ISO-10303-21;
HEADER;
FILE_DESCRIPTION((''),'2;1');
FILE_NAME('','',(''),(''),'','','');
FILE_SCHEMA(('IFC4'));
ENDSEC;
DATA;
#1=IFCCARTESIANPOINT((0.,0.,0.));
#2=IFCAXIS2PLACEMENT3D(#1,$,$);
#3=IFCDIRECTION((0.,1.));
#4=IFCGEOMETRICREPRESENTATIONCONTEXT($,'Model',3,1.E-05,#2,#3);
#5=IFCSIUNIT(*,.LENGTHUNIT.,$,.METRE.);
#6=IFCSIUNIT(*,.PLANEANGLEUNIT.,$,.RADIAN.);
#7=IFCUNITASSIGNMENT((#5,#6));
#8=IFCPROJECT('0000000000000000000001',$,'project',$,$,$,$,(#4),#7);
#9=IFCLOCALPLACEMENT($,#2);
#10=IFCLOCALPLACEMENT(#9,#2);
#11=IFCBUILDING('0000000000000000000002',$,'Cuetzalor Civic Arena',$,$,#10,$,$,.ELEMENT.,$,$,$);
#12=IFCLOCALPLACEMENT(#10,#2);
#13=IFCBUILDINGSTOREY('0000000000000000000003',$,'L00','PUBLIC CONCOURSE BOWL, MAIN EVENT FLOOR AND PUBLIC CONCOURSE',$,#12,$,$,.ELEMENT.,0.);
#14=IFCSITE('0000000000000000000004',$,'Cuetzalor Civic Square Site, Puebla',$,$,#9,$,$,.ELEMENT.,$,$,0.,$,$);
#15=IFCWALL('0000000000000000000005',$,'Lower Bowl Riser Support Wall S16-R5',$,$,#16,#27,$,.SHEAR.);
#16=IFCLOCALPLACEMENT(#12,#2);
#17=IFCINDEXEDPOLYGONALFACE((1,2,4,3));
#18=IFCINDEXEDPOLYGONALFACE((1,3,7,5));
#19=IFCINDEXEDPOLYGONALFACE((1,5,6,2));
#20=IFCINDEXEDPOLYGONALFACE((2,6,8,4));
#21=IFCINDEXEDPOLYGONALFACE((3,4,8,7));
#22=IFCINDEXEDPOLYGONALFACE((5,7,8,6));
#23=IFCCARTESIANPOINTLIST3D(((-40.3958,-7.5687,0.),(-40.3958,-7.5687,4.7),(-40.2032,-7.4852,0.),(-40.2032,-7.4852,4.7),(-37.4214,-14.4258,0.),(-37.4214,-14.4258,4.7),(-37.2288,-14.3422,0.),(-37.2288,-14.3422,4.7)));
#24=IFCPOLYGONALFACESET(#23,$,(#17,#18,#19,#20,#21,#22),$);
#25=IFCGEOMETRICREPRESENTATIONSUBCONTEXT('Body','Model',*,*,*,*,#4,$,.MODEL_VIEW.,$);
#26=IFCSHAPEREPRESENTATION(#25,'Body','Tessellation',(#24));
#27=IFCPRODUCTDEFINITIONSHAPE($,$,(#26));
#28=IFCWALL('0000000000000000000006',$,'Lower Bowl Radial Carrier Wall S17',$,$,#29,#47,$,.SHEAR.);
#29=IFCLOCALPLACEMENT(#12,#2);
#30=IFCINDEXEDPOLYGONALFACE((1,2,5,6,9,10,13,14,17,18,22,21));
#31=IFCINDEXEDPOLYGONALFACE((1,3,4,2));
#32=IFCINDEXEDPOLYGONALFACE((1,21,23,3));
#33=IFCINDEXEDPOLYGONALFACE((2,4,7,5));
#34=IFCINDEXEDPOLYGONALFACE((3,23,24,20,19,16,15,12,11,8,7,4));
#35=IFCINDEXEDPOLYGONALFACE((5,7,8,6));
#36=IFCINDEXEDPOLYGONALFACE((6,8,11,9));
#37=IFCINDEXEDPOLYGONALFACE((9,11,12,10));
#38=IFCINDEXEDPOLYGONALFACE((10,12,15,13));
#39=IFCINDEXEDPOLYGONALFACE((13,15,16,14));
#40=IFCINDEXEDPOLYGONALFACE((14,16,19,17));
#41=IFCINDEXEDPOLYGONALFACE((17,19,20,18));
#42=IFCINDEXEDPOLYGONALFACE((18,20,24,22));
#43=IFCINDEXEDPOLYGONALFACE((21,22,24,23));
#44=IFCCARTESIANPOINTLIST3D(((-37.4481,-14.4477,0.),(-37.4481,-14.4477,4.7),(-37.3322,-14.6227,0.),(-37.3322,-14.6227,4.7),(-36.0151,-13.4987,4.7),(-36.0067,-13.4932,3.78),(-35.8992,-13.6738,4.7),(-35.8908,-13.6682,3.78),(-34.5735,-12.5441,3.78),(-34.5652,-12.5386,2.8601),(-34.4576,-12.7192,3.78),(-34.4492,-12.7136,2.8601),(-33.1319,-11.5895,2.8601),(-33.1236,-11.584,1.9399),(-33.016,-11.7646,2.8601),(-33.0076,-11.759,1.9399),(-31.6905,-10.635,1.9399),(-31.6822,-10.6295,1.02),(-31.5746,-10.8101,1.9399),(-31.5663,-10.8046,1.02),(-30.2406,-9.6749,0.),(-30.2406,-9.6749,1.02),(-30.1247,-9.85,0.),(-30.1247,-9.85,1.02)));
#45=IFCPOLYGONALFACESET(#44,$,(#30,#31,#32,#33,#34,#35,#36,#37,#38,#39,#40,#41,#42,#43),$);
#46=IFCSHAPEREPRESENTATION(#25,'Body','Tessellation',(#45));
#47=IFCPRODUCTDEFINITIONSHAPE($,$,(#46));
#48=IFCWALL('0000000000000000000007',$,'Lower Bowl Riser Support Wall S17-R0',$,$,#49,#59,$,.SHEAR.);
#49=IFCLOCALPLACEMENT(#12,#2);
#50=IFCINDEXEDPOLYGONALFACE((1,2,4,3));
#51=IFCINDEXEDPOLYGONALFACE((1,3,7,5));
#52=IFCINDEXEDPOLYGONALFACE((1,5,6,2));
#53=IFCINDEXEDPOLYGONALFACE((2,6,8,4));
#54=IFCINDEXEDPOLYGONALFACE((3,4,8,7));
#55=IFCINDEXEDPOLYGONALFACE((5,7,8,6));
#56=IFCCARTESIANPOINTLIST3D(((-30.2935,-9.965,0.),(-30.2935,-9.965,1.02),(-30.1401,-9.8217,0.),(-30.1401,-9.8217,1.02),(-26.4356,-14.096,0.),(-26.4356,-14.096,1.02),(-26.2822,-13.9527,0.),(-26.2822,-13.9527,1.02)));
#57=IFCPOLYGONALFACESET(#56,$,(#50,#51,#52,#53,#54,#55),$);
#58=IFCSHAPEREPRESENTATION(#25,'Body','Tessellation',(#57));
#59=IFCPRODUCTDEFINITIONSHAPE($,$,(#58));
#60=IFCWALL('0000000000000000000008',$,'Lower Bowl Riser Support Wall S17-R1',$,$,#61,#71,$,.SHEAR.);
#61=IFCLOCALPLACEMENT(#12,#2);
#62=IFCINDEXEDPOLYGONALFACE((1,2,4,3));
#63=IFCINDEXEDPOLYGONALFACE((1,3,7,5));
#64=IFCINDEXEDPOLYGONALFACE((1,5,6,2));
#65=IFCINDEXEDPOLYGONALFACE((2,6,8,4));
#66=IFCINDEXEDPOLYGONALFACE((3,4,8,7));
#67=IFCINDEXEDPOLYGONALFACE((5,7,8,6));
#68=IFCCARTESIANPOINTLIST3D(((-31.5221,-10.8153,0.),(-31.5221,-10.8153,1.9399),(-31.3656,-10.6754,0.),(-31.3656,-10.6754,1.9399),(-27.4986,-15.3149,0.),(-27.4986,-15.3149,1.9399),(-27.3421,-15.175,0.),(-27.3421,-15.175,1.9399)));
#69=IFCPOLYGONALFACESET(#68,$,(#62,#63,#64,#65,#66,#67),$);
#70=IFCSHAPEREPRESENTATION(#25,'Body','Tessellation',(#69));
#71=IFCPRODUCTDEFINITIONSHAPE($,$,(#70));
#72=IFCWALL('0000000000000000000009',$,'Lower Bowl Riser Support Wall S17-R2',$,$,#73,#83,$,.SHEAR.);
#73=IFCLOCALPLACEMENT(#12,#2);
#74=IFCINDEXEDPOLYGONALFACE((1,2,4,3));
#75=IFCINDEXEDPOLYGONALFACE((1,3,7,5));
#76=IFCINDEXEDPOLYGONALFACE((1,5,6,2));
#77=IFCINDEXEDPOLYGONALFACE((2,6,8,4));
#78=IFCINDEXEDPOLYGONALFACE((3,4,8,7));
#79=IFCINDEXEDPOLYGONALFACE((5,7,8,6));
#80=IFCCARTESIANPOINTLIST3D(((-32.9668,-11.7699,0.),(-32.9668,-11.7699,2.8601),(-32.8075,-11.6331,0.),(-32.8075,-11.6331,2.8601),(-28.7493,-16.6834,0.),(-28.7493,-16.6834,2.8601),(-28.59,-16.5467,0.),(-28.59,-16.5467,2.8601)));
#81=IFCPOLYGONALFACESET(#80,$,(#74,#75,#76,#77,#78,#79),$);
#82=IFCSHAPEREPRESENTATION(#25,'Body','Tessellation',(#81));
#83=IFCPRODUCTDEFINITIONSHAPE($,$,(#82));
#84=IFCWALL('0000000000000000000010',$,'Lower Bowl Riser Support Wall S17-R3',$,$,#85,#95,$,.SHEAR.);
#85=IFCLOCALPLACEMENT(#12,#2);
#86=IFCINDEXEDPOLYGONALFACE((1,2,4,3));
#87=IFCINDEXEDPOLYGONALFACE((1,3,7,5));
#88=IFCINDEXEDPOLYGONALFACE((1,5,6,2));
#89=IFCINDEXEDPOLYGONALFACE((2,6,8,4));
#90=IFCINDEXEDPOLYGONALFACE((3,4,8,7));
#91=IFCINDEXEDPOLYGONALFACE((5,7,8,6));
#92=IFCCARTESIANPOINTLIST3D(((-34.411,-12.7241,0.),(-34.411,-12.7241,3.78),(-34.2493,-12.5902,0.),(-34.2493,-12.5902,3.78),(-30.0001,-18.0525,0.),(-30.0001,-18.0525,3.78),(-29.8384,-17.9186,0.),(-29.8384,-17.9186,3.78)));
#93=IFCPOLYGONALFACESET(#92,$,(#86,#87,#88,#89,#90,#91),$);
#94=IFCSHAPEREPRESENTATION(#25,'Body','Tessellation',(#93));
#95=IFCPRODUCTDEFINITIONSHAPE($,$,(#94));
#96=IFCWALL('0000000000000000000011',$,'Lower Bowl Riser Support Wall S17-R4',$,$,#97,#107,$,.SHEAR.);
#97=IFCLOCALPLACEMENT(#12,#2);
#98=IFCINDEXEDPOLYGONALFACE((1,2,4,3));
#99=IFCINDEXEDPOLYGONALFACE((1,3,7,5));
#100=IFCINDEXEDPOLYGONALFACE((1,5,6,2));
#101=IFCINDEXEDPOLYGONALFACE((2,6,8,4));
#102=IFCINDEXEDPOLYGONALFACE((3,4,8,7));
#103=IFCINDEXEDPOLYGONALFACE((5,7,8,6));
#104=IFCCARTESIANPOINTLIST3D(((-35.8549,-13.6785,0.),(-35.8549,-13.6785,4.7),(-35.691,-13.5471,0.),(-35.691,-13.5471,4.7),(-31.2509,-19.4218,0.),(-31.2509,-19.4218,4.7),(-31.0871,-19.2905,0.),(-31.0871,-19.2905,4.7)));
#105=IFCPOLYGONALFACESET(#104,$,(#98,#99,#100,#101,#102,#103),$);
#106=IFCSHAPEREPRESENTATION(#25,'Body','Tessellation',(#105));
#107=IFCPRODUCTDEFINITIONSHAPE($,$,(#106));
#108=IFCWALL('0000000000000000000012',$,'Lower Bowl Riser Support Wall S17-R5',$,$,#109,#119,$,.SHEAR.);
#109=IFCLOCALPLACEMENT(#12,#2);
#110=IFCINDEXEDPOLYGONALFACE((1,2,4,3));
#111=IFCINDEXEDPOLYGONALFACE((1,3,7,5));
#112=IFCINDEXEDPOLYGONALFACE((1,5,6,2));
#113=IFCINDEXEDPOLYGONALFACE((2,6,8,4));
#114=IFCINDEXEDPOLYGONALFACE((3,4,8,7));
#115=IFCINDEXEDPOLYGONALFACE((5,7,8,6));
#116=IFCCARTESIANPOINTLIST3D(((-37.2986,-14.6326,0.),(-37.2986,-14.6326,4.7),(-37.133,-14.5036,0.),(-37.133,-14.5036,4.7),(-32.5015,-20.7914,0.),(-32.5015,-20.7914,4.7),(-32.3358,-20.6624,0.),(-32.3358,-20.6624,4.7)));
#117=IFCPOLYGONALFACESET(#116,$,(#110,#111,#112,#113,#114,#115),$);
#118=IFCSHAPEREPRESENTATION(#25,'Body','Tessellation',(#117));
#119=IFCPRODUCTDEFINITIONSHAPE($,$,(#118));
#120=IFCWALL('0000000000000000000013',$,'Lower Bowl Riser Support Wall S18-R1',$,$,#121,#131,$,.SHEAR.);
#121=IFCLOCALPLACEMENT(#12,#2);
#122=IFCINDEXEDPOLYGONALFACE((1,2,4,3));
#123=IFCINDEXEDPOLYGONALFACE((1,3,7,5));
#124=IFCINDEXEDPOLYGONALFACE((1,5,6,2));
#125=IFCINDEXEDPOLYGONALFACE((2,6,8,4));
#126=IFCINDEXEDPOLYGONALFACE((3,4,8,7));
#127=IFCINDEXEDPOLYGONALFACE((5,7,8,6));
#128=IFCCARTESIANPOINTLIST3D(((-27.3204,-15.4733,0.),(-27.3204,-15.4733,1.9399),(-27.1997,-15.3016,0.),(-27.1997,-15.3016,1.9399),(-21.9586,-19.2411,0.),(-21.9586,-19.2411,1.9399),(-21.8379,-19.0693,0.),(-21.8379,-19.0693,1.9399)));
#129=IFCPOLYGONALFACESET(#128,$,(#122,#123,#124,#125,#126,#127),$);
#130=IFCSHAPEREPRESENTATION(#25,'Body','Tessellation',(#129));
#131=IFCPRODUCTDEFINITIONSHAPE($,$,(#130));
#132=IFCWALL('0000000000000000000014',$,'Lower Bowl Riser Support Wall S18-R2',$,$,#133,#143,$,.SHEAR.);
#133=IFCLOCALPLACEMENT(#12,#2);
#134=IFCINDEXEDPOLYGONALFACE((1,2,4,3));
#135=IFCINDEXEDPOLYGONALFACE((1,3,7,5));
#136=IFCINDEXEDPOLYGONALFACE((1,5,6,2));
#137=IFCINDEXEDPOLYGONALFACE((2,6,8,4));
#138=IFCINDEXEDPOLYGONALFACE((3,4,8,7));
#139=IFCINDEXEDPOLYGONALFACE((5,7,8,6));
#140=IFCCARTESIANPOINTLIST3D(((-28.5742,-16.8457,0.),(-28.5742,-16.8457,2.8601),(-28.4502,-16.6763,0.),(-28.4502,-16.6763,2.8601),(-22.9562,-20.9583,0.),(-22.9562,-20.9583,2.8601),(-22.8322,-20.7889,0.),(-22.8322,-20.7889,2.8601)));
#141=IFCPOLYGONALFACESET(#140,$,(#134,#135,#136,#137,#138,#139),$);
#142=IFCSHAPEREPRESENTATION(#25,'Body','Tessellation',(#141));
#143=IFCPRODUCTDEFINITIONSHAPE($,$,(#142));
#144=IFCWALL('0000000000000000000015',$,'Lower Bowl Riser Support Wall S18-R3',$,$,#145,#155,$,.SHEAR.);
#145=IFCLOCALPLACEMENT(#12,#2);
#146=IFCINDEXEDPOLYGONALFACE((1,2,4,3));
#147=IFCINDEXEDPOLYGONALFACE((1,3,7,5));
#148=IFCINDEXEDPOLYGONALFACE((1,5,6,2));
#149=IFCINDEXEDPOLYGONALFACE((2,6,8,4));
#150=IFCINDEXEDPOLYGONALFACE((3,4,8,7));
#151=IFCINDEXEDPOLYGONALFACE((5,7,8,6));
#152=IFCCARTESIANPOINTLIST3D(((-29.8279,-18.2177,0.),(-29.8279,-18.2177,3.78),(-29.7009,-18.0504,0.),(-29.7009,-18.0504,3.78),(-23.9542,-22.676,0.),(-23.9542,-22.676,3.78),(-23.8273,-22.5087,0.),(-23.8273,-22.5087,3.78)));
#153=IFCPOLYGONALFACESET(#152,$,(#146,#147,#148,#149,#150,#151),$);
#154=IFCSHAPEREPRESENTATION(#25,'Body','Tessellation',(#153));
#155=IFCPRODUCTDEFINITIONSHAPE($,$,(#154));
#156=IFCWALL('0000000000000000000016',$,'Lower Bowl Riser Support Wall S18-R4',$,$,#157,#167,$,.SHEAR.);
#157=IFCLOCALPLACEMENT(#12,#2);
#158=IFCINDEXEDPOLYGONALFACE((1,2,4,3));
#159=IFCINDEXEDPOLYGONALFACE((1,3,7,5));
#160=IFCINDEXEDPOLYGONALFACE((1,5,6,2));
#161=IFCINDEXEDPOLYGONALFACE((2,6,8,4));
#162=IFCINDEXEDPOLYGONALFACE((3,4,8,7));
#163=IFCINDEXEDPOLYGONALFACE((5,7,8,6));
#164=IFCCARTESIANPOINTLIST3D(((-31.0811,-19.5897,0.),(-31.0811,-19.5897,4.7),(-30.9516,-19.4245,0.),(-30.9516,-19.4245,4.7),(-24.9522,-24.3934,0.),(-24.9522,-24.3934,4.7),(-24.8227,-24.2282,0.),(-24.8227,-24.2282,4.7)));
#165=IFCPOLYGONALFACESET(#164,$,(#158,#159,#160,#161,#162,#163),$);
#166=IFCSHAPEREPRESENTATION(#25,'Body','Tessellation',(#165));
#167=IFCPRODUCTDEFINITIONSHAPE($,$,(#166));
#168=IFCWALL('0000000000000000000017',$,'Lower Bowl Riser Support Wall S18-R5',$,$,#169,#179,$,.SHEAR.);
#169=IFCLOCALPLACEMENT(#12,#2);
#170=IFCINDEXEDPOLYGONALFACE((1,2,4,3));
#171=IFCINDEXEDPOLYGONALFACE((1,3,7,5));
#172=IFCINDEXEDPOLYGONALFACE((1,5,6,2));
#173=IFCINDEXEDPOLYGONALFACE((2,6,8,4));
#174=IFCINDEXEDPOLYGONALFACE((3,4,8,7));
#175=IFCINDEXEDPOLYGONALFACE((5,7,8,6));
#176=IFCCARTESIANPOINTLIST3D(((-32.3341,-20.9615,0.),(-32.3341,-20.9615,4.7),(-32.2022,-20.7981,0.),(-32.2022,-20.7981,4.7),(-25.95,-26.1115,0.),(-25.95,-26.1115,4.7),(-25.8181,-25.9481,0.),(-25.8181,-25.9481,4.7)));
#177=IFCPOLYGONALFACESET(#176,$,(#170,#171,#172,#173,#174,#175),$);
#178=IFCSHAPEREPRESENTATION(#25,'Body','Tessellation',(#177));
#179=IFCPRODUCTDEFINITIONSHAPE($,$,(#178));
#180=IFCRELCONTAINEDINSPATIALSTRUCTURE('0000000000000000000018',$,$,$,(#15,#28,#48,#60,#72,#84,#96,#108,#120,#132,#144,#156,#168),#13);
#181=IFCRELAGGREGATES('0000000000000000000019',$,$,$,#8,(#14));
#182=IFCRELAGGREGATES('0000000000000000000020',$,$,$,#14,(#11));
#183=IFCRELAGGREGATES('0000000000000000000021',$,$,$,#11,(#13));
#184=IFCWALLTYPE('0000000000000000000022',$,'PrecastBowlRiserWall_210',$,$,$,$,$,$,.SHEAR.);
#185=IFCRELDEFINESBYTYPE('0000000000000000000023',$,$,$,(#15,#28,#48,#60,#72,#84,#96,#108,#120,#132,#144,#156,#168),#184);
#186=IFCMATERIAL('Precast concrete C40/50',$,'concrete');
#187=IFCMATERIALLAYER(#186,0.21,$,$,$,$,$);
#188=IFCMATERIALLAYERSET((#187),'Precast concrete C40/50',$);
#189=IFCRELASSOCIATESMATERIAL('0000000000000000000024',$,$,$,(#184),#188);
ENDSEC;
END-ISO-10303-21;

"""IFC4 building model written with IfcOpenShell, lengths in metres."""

from ifc_helpers import new_model, si_unit, direction, frame, frame_2d, origin, place, context, subcontext, project, spatial, polyline, rectangle, outline, extrude, material, layer, layer_set, type_object, element, save


model = new_model("IFC4")

# Units and contexts
model_context = context("Model", 3, precision=1e-05, world=origin(), true_north=direction((0.0, 1.0)))
body_context = subcontext(model_context, "Body", "Model", "MODEL_VIEW")
ifc_project = project(units=[si_unit("LENGTHUNIT", "METRE"), si_unit("PLANEANGLEUNIT", "RADIAN")], contexts=[model_context])

# Site, building, storey
site_placement = place(None, origin())
site = spatial("IfcSite", under=ifc_project, at=site_placement, Name="Cuetzalor Civic Square Site, Puebla", CompositionType="ELEMENT", RefElevation=0.0)
building_placement = place(site_placement, origin())
building = spatial("IfcBuilding", under=site, at=building_placement, Name="Cuetzalor Civic Arena", CompositionType="ELEMENT")
storey_placement = place(building_placement, origin())
storey = spatial("IfcBuildingStorey", under=building, at=storey_placement, Name="L00", Description="PUBLIC CONCOURSE BOWL, MAIN EVENT FLOOR AND PUBLIC CONCOURSE", CompositionType="ELEMENT", Elevation=0.0)

# Walls
ifc_material_1 = material(Name="Precast concrete C40/50", Category="concrete")
ifc_layer_1 = layer(ifc_material_1, 0.21)
ifc_layer_set_1 = layer_set([ifc_layer_1], Name="Precast concrete C40/50")
wall_type_1 = type_object("IfcWallType", Name="PrecastBowlRiserWall_210", PredefinedType="SHEAR", material=ifc_layer_set_1)
wall_1_placement = place(storey_placement, frame((-40.2996, -7.5269, 0.0), z_axis=(0.0, 0.0, 1.0), x_axis=(0.397948, -0.917408, 0.0)))
element("IfcWall", 1, at=wall_1_placement, inside=storey, type_object=wall_type_1, Name="Lower Bowl Riser Support Wall S16-R5", PredefinedType="SHEAR", context=body_context, shape_type="SweptSolid", body=[
    extrude(rectangle(XDim=7.4744, YDim=0.21, at=frame_2d((3.7373, 0.0))), origin(), (0.0, 0.0, 1.0), 4.7),
])
wall_2_placement = place(storey_placement, frame((-30.1826, -9.7625, 0.0), z_axis=(0.0, 0.0, 1.0), x_axis=(-0.833771, -0.55211, 0.0)))
element("IfcWall", 2, at=wall_2_placement, inside=storey, type_object=wall_type_1, Name="Lower Bowl Radial Carrier Wall S17", PredefinedType="SHEAR", context=body_context, shape_type="SweptSolid", body=[
    extrude(outline(polyline([(0.0, 0.0), (8.6445, 0.0), (8.6445, 4.7), (6.9258, 4.7), (6.9158, 3.78), (5.1968, 3.78), (5.1868, 2.8601), (3.4678, 2.8601), (3.4578, 1.9399), (1.739, 1.9399), (1.729, 1.02), (0.0, 1.02), (0.0, 0.0)])), frame((0.0, 0.105, 0.0), z_axis=(0.0, -1.0, 0.0), x_axis=(1.0, 0.0, 0.0)), (0.0, 0.0, 1.0), 0.21),
])
wall_3_placement = place(storey_placement, frame((-30.2168, -9.8933, 0.0), z_axis=(0.0, 0.0, 1.0), x_axis=(0.682528, -0.73086, 0.0)))
element("IfcWall", 3, at=wall_3_placement, inside=storey, type_object=wall_type_1, Name="Lower Bowl Riser Support Wall S17-R0", PredefinedType="SHEAR", context=body_context, shape_type="SweptSolid", body=[
    extrude(rectangle(XDim=5.6523, YDim=0.21, at=frame_2d((2.8262, 0.0))), origin(), (0.0, 0.0, 1.0), 1.02),
])
wall_4_placement = place(storey_placement, frame((-31.4438, -10.7454, 0.0), z_axis=(0.0, 0.0, 1.0), x_axis=(0.66657, -0.745442, 0.0)))
element("IfcWall", 4, at=wall_4_placement, inside=storey, type_object=wall_type_1, Name="Lower Bowl Riser Support Wall S17-R1", PredefinedType="SHEAR", context=body_context, shape_type="SweptSolid", body=[
    extrude(rectangle(XDim=6.0361, YDim=0.21, at=frame_2d((3.0181, 0.0))), origin(), (0.0, 0.0, 1.0), 1.9399),
])
wall_5_placement = place(storey_placement, frame((-32.8872, -11.7014, 0.0), z_axis=(0.0, 0.0, 1.0), x_axis=(0.651316, -0.758807, 0.0)))
element("IfcWall", 5, at=wall_5_placement, inside=storey, type_object=wall_type_1, Name="Lower Bowl Riser Support Wall S17-R2", PredefinedType="SHEAR", context=body_context, shape_type="SweptSolid", body=[
    extrude(rectangle(XDim=6.4753, YDim=0.21, at=frame_2d((3.2378, 0.0))), origin(), (0.0, 0.0, 1.0), 2.8601),
])
wall_6_placement = place(storey_placement, frame((-34.3301, -12.6572, 0.0), z_axis=(0.0, 0.0, 1.0), x_axis=(0.637671, -0.770309, 0.0)))
element("IfcWall", 6, at=wall_6_placement, inside=storey, type_object=wall_type_1, Name="Lower Bowl Riser Support Wall S17-R3", PredefinedType="SHEAR", context=body_context, shape_type="SweptSolid", body=[
    extrude(rectangle(XDim=6.9172, YDim=0.21, at=frame_2d((3.4585, 0.0))), origin(), (0.0, 0.0, 1.0), 3.78),
])
wall_7_placement = place(storey_placement, frame((-35.7729, -13.6128, 0.0), z_axis=(0.0, 0.0, 1.0), x_axis=(0.625463, -0.780254, 0.0)))
element("IfcWall", 7, at=wall_7_placement, inside=storey, type_object=wall_type_1, Name="Lower Bowl Riser Support Wall S17-R4", PredefinedType="SHEAR", context=body_context, shape_type="SweptSolid", body=[
    extrude(rectangle(XDim=7.3608, YDim=0.21, at=frame_2d((3.6804, 0.0))), origin(), (0.0, 0.0, 1.0), 4.7),
])
wall_8_placement = place(storey_placement, frame((-37.2158, -14.5681, 0.0), z_axis=(0.0, 0.0, 1.0), x_axis=(0.614501, -0.788916, 0.0)))
element("IfcWall", 8, at=wall_8_placement, inside=storey, type_object=wall_type_1, Name="Lower Bowl Riser Support Wall S17-R5", PredefinedType="SHEAR", context=body_context, shape_type="SweptSolid", body=[
    extrude(rectangle(XDim=7.8066, YDim=0.21, at=frame_2d((3.9033, 0.0))), origin(), (0.0, 0.0, 1.0), 4.7),
])
wall_9_placement = place(storey_placement, frame((-27.26, -15.3875, 0.0), z_axis=(0.0, 0.0, 1.0), x_axis=(0.818187, -0.574952, 0.0)))
element("IfcWall", 9, at=wall_9_placement, inside=storey, type_object=wall_type_1, Name="Lower Bowl Riser Support Wall S18-R1", PredefinedType="SHEAR", context=body_context, shape_type="SweptSolid", body=[
    extrude(rectangle(XDim=6.5532, YDim=0.21, at=frame_2d((3.2766, 0.0))), origin(), (0.0, 0.0, 1.0), 1.9399),
])
wall_10_placement = place(storey_placement, frame((-28.5122, -16.761, 0.0), z_axis=(0.0, 0.0, 1.0), x_axis=(0.806902, -0.590685, 0.0)))
element("IfcWall", 10, at=wall_10_placement, inside=storey, type_object=wall_type_1, Name="Lower Bowl Riser Support Wall S18-R2", PredefinedType="SHEAR", context=body_context, shape_type="SweptSolid", body=[
    extrude(rectangle(XDim=6.9624, YDim=0.21, at=frame_2d((3.4812, 0.0))), origin(), (0.0, 0.0, 1.0), 2.8601),
])
wall_11_placement = place(storey_placement, frame((-29.7644, -18.134, 0.0), z_axis=(0.0, 0.0, 1.0), x_axis=(0.79653, -0.604599, 0.0)))
element("IfcWall", 11, at=wall_11_placement, inside=storey, type_object=wall_type_1, Name="Lower Bowl Riser Support Wall S18-R3", PredefinedType="SHEAR", context=body_context, shape_type="SweptSolid", body=[
    extrude(rectangle(XDim=7.374, YDim=0.21, at=frame_2d((3.687, 0.0))), origin(), (0.0, 0.0, 1.0), 3.78),
])
wall_12_placement = place(storey_placement, frame((-31.0164, -19.5071, 0.0), z_axis=(0.0, 0.0, 1.0), x_axis=(0.787058, -0.61688, 0.0)))
element("IfcWall", 12, at=wall_12_placement, inside=storey, type_object=wall_type_1, Name="Lower Bowl Riser Support Wall S18-R4", PredefinedType="SHEAR", context=body_context, shape_type="SweptSolid", body=[
    extrude(rectangle(XDim=7.7871, YDim=0.21, at=frame_2d((3.8936, 0.0))), origin(), (0.0, 0.0, 1.0), 4.7),
])
wall_13_placement = place(storey_placement, frame((-32.2681, -20.8799, 0.0), z_axis=(0.0, 0.0, 1.0), x_axis=(0.778324, -0.627862, 0.0)))
element("IfcWall", 13, at=wall_13_placement, inside=storey, type_object=wall_type_1, Name="Lower Bowl Riser Support Wall S18-R5", PredefinedType="SHEAR", context=body_context, shape_type="SweptSolid", body=[
    extrude(rectangle(XDim=8.2024, YDim=0.21, at=frame_2d((4.1011, 0.0))), origin(), (0.0, 0.0, 1.0), 4.7),
])

save(model, "model.ifc")
